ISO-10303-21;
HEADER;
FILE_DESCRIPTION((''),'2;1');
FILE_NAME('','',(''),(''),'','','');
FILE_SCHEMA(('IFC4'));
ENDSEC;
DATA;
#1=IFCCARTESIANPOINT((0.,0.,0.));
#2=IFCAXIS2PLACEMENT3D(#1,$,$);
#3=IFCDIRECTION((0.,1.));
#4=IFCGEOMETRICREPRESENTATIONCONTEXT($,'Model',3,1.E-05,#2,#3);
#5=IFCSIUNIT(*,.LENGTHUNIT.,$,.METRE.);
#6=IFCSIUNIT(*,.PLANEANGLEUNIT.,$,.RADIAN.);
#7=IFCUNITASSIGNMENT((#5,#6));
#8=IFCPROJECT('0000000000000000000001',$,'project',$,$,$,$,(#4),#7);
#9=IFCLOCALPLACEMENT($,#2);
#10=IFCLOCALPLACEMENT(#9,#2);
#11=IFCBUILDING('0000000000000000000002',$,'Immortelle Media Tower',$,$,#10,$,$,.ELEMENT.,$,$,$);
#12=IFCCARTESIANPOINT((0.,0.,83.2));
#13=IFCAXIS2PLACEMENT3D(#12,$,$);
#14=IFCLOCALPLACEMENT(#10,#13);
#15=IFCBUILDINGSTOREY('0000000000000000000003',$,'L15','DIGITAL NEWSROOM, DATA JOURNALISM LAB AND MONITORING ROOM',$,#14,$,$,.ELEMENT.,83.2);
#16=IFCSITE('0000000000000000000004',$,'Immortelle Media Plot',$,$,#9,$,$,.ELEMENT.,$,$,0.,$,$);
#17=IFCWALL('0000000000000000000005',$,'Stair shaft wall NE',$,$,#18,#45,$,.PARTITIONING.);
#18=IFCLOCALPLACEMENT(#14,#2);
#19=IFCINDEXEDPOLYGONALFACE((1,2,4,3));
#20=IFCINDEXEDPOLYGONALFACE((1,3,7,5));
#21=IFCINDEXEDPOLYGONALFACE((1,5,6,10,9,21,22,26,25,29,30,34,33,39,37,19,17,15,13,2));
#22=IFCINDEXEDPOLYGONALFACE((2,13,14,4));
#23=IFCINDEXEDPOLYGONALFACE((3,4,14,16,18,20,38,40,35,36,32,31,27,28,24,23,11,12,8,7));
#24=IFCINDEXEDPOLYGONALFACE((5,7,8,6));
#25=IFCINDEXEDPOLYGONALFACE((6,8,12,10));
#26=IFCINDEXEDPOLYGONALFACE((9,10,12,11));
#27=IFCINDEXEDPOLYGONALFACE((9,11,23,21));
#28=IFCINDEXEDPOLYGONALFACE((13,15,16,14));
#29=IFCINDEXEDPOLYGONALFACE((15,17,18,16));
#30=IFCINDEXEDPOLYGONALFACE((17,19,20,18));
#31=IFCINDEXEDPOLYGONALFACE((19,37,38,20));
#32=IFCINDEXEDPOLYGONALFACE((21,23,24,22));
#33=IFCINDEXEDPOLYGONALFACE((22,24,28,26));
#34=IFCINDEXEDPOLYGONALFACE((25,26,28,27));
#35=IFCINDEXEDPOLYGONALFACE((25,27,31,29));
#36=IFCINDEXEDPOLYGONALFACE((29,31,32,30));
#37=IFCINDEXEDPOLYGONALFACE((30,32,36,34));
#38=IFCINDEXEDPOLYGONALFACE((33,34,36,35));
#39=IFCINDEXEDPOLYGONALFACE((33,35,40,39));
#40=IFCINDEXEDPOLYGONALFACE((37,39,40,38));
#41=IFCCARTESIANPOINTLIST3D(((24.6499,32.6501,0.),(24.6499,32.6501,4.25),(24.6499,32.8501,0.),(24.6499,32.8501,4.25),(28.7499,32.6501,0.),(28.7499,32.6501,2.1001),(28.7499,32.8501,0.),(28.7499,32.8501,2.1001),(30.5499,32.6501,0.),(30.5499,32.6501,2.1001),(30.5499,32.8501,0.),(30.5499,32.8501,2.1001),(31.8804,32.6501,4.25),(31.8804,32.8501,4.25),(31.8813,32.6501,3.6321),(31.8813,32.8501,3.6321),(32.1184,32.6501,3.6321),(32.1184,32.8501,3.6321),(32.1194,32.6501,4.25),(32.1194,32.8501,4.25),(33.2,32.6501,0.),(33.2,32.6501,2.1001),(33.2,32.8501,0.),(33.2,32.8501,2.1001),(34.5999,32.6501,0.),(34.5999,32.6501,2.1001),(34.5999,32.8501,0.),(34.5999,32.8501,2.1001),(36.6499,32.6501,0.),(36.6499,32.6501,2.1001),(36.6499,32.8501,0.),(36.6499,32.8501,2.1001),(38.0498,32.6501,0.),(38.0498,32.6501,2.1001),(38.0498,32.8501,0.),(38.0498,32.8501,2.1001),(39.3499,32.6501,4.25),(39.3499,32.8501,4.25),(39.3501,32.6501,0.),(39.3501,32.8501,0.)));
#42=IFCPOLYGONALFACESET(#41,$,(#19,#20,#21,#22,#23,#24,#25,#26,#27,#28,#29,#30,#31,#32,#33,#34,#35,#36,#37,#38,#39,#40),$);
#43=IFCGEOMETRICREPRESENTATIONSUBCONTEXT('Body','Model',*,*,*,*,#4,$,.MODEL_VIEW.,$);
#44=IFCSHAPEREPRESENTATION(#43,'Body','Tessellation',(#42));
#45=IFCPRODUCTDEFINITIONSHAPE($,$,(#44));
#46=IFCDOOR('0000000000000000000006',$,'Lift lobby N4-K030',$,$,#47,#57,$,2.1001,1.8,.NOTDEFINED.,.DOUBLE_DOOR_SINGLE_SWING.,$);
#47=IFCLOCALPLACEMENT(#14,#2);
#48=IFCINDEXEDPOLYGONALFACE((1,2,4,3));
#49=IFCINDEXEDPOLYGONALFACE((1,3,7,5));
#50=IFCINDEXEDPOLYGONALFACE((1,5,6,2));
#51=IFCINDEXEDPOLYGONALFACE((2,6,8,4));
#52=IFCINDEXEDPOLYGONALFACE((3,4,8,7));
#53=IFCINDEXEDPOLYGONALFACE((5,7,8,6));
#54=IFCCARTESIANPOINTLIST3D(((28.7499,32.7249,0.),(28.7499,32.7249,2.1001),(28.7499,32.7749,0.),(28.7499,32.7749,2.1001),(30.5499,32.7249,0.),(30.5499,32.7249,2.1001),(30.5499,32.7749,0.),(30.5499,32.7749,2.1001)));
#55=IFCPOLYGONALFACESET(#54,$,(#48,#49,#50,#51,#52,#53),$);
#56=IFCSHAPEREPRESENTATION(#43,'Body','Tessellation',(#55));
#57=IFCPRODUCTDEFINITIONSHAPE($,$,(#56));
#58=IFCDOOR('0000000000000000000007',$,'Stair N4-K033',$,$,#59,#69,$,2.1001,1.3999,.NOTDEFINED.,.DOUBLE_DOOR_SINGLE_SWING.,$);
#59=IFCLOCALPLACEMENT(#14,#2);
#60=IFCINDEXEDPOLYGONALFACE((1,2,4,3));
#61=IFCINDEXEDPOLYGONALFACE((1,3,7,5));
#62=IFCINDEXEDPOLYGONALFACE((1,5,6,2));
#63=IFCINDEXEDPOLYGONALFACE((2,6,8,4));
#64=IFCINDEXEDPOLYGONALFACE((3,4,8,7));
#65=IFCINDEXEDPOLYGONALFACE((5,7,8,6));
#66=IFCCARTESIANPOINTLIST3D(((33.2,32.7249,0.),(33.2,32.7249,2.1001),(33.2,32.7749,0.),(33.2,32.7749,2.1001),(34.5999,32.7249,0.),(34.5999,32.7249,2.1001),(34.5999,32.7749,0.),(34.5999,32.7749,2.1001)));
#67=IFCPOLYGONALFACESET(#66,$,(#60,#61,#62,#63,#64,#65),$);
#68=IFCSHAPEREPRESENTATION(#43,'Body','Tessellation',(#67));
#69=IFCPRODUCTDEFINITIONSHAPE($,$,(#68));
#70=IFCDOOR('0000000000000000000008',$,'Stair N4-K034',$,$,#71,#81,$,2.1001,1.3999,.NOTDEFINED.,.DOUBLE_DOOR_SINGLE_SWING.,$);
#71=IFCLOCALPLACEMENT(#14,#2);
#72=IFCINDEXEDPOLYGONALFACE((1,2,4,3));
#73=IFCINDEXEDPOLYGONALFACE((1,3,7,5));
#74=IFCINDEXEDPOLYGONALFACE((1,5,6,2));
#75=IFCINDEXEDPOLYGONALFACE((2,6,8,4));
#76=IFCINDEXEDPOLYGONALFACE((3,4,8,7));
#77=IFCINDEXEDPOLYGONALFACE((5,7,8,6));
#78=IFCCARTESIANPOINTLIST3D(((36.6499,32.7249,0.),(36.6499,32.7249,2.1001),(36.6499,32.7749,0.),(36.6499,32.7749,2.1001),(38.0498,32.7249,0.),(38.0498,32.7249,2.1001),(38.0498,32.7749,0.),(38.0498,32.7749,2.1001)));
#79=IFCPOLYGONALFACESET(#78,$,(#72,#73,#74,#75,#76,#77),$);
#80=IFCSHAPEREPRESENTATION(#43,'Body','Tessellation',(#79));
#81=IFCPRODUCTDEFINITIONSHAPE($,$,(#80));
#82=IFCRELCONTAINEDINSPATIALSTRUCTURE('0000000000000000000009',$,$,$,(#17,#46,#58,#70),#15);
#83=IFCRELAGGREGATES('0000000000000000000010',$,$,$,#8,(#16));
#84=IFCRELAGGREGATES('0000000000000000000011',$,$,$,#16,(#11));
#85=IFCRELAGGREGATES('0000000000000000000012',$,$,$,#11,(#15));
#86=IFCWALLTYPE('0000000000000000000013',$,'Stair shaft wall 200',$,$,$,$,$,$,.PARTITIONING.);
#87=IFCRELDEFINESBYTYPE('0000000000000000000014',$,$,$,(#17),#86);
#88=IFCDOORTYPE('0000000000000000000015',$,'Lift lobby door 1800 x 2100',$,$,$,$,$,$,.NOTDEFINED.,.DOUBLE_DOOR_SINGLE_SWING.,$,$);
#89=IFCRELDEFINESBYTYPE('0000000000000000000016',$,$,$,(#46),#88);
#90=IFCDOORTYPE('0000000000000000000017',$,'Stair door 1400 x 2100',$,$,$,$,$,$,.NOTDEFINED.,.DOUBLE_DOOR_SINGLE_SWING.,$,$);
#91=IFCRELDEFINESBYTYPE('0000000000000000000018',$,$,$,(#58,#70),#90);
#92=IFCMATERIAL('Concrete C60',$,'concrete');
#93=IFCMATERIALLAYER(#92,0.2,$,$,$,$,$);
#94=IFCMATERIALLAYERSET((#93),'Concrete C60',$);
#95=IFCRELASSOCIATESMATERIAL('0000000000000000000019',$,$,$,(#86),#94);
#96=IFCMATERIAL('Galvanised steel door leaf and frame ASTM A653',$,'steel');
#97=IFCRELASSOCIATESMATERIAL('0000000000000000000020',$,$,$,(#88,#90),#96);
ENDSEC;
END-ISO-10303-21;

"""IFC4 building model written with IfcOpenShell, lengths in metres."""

from ifc_helpers import new_model, si_unit, direction, frame, frame_2d, origin, place, context, subcontext, project, spatial, polyline, rectangle, outline, extrude, material, layer, layer_set, type_object, element, fill, save


model = new_model("IFC4")

# Units and contexts
model_context = context("Model", 3, precision=1e-05, world=origin(), true_north=direction((0.0, 1.0)))
body_context = subcontext(model_context, "Body", "Model", "MODEL_VIEW")
ifc_project = project(units=[si_unit("LENGTHUNIT", "METRE"), si_unit("PLANEANGLEUNIT", "RADIAN")], contexts=[model_context])

# Site, building, storey
site_placement = place(None, origin())
site = spatial("IfcSite", under=ifc_project, at=site_placement, Name="Immortelle Media Plot", CompositionType="ELEMENT", RefElevation=0.0)
building_placement = place(site_placement, origin())
building = spatial("IfcBuilding", under=site, at=building_placement, Name="Immortelle Media Tower", CompositionType="ELEMENT")
storey_placement = place(building_placement, frame((0.0, 0.0, 83.2)))
storey = spatial("IfcBuildingStorey", under=building, at=storey_placement, Name="L15", Description="DIGITAL NEWSROOM, DATA JOURNALISM LAB AND MONITORING ROOM", CompositionType="ELEMENT", Elevation=83.2)

# Shared definitions
ifc_material_1 = material(Name="Galvanised steel door leaf and frame ASTM A653", Category="steel")

# Shared definitions
ifc_material_2 = material(Name="Concrete C60", Category="concrete")
ifc_layer_1 = layer(ifc_material_2, 0.2)
ifc_layer_set_1 = layer_set([ifc_layer_1], Name="Concrete C60")
wall_type_1 = type_object("IfcWallType", Name="Stair shaft wall 200", PredefinedType="PARTITIONING", material=ifc_layer_set_1)

# Wall, openings, doors
wall_1_placement = place(storey_placement, frame((24.6499, 32.75, 0.0), z_axis=(0.0, 0.0, 1.0), x_axis=(1.0, 0.0, 0.0)))
wall_1 = element("IfcWall", 1, at=wall_1_placement, inside=storey, type_object=wall_type_1, Name="Stair shaft wall NE", PredefinedType="PARTITIONING", context=body_context, shape_type="SweptSolid", body=[
    extrude(outline(polyline([(0.0, 0.0), (14.7002, 0.0), (14.7, 4.25), (7.4695, 4.25), (7.4685, 3.6321), (7.2314, 3.6321), (7.2305, 4.25), (0.0, 4.25), (0.0, 0.0)])), frame((0.0, 0.1001, 0.0), z_axis=(0.0, -1.0, 0.0), x_axis=(1.0, 0.0, 0.0)), (0.0, 0.0, 1.0), 0.2),
])
opening_1_placement = place(wall_1_placement, frame((4.1001, 0.0, 0.0)))
opening_1 = element("IfcOpeningElement", 2, at=opening_1_placement, cuts=wall_1, PredefinedType="OPENING", context=body_context, shape_type="SweptSolid", body=[
    extrude(rectangle(XDim=1.8, YDim=2.1001, at=frame_2d((0.8999, 1.05))), frame((0.0, 0.1099, 0.0), z_axis=(0.0, -1.0, 0.0), x_axis=(1.0, 0.0, 0.0)), (0.0, 0.0, 1.0), 0.22),
])
opening_2_placement = place(wall_1_placement, frame((8.55, 0.0, 0.0)))
opening_2 = element("IfcOpeningElement", 3, at=opening_2_placement, cuts=wall_1, PredefinedType="OPENING", context=body_context, shape_type="SweptSolid", body=[
    extrude(rectangle(XDim=1.3999, YDim=2.1001, at=frame_2d((0.7, 1.05))), frame((0.0, 0.1099, 0.0), z_axis=(0.0, -1.0, 0.0), x_axis=(1.0, 0.0, 0.0)), (0.0, 0.0, 1.0), 0.22),
])
opening_3_placement = place(wall_1_placement, frame((12.0, 0.0, 0.0)))
opening_3 = element("IfcOpeningElement", 4, at=opening_3_placement, cuts=wall_1, PredefinedType="OPENING", context=body_context, shape_type="SweptSolid", body=[
    extrude(rectangle(XDim=1.3999, YDim=2.1001, at=frame_2d((0.7, 1.05))), frame((0.0, 0.1099, 0.0), z_axis=(0.0, -1.0, 0.0), x_axis=(1.0, 0.0, 0.0)), (0.0, 0.0, 1.0), 0.22),
])
door_type_1 = type_object("IfcDoorType", Name="Lift lobby door 1800 x 2100", OperationType="DOUBLE_DOOR_SINGLE_SWING", PredefinedType="NOTDEFINED", material=ifc_material_1)
door_1_placement = place(opening_1_placement, origin())
door_1 = element("IfcDoor", 5, at=door_1_placement, inside=storey, type_object=door_type_1, Name="Lift lobby N4-K030", OperationType="DOUBLE_DOOR_SINGLE_SWING", OverallHeight=2.1001, OverallWidth=1.8, PredefinedType="NOTDEFINED", context=body_context, shape_type="SweptSolid", body=[
    extrude(rectangle(XDim=1.8, YDim=2.1001, at=frame_2d((0.8999, 1.05))), frame((0.0, 0.0249, 0.0), z_axis=(0.0, -1.0, 0.0), x_axis=(1.0, 0.0, 0.0)), (0.0, 0.0, 1.0), 0.05),
])
fill(opening_1, door_1)
door_type_2 = type_object("IfcDoorType", Name="Stair door 1400 x 2100", OperationType="DOUBLE_DOOR_SINGLE_SWING", PredefinedType="NOTDEFINED", material=ifc_material_1)
door_2_placement = place(opening_2_placement, origin())
door_2 = element("IfcDoor", 6, at=door_2_placement, inside=storey, type_object=door_type_2, Name="Stair N4-K033", OperationType="DOUBLE_DOOR_SINGLE_SWING", OverallHeight=2.1001, OverallWidth=1.3999, PredefinedType="NOTDEFINED", context=body_context, shape_type="SweptSolid", body=[
    extrude(rectangle(XDim=1.3999, YDim=2.1001, at=frame_2d((0.7, 1.05))), frame((0.0, 0.0249, 0.0), z_axis=(0.0, -1.0, 0.0), x_axis=(1.0, 0.0, 0.0)), (0.0, 0.0, 1.0), 0.05),
])
fill(opening_2, door_2)
door_3_placement = place(opening_3_placement, origin())
door_3 = element("IfcDoor", 7, at=door_3_placement, inside=storey, type_object=door_type_2, Name="Stair N4-K034", OperationType="DOUBLE_DOOR_SINGLE_SWING", OverallHeight=2.1001, OverallWidth=1.3999, PredefinedType="NOTDEFINED", context=body_context, shape_type="SweptSolid", body=[
    extrude(rectangle(XDim=1.3999, YDim=2.1001, at=frame_2d((0.7, 1.05))), frame((0.0, 0.0249, 0.0), z_axis=(0.0, -1.0, 0.0), x_axis=(1.0, 0.0, 0.0)), (0.0, 0.0, 1.0), 0.05),
])
fill(opening_3, door_3)

save(model, "model.ifc")
